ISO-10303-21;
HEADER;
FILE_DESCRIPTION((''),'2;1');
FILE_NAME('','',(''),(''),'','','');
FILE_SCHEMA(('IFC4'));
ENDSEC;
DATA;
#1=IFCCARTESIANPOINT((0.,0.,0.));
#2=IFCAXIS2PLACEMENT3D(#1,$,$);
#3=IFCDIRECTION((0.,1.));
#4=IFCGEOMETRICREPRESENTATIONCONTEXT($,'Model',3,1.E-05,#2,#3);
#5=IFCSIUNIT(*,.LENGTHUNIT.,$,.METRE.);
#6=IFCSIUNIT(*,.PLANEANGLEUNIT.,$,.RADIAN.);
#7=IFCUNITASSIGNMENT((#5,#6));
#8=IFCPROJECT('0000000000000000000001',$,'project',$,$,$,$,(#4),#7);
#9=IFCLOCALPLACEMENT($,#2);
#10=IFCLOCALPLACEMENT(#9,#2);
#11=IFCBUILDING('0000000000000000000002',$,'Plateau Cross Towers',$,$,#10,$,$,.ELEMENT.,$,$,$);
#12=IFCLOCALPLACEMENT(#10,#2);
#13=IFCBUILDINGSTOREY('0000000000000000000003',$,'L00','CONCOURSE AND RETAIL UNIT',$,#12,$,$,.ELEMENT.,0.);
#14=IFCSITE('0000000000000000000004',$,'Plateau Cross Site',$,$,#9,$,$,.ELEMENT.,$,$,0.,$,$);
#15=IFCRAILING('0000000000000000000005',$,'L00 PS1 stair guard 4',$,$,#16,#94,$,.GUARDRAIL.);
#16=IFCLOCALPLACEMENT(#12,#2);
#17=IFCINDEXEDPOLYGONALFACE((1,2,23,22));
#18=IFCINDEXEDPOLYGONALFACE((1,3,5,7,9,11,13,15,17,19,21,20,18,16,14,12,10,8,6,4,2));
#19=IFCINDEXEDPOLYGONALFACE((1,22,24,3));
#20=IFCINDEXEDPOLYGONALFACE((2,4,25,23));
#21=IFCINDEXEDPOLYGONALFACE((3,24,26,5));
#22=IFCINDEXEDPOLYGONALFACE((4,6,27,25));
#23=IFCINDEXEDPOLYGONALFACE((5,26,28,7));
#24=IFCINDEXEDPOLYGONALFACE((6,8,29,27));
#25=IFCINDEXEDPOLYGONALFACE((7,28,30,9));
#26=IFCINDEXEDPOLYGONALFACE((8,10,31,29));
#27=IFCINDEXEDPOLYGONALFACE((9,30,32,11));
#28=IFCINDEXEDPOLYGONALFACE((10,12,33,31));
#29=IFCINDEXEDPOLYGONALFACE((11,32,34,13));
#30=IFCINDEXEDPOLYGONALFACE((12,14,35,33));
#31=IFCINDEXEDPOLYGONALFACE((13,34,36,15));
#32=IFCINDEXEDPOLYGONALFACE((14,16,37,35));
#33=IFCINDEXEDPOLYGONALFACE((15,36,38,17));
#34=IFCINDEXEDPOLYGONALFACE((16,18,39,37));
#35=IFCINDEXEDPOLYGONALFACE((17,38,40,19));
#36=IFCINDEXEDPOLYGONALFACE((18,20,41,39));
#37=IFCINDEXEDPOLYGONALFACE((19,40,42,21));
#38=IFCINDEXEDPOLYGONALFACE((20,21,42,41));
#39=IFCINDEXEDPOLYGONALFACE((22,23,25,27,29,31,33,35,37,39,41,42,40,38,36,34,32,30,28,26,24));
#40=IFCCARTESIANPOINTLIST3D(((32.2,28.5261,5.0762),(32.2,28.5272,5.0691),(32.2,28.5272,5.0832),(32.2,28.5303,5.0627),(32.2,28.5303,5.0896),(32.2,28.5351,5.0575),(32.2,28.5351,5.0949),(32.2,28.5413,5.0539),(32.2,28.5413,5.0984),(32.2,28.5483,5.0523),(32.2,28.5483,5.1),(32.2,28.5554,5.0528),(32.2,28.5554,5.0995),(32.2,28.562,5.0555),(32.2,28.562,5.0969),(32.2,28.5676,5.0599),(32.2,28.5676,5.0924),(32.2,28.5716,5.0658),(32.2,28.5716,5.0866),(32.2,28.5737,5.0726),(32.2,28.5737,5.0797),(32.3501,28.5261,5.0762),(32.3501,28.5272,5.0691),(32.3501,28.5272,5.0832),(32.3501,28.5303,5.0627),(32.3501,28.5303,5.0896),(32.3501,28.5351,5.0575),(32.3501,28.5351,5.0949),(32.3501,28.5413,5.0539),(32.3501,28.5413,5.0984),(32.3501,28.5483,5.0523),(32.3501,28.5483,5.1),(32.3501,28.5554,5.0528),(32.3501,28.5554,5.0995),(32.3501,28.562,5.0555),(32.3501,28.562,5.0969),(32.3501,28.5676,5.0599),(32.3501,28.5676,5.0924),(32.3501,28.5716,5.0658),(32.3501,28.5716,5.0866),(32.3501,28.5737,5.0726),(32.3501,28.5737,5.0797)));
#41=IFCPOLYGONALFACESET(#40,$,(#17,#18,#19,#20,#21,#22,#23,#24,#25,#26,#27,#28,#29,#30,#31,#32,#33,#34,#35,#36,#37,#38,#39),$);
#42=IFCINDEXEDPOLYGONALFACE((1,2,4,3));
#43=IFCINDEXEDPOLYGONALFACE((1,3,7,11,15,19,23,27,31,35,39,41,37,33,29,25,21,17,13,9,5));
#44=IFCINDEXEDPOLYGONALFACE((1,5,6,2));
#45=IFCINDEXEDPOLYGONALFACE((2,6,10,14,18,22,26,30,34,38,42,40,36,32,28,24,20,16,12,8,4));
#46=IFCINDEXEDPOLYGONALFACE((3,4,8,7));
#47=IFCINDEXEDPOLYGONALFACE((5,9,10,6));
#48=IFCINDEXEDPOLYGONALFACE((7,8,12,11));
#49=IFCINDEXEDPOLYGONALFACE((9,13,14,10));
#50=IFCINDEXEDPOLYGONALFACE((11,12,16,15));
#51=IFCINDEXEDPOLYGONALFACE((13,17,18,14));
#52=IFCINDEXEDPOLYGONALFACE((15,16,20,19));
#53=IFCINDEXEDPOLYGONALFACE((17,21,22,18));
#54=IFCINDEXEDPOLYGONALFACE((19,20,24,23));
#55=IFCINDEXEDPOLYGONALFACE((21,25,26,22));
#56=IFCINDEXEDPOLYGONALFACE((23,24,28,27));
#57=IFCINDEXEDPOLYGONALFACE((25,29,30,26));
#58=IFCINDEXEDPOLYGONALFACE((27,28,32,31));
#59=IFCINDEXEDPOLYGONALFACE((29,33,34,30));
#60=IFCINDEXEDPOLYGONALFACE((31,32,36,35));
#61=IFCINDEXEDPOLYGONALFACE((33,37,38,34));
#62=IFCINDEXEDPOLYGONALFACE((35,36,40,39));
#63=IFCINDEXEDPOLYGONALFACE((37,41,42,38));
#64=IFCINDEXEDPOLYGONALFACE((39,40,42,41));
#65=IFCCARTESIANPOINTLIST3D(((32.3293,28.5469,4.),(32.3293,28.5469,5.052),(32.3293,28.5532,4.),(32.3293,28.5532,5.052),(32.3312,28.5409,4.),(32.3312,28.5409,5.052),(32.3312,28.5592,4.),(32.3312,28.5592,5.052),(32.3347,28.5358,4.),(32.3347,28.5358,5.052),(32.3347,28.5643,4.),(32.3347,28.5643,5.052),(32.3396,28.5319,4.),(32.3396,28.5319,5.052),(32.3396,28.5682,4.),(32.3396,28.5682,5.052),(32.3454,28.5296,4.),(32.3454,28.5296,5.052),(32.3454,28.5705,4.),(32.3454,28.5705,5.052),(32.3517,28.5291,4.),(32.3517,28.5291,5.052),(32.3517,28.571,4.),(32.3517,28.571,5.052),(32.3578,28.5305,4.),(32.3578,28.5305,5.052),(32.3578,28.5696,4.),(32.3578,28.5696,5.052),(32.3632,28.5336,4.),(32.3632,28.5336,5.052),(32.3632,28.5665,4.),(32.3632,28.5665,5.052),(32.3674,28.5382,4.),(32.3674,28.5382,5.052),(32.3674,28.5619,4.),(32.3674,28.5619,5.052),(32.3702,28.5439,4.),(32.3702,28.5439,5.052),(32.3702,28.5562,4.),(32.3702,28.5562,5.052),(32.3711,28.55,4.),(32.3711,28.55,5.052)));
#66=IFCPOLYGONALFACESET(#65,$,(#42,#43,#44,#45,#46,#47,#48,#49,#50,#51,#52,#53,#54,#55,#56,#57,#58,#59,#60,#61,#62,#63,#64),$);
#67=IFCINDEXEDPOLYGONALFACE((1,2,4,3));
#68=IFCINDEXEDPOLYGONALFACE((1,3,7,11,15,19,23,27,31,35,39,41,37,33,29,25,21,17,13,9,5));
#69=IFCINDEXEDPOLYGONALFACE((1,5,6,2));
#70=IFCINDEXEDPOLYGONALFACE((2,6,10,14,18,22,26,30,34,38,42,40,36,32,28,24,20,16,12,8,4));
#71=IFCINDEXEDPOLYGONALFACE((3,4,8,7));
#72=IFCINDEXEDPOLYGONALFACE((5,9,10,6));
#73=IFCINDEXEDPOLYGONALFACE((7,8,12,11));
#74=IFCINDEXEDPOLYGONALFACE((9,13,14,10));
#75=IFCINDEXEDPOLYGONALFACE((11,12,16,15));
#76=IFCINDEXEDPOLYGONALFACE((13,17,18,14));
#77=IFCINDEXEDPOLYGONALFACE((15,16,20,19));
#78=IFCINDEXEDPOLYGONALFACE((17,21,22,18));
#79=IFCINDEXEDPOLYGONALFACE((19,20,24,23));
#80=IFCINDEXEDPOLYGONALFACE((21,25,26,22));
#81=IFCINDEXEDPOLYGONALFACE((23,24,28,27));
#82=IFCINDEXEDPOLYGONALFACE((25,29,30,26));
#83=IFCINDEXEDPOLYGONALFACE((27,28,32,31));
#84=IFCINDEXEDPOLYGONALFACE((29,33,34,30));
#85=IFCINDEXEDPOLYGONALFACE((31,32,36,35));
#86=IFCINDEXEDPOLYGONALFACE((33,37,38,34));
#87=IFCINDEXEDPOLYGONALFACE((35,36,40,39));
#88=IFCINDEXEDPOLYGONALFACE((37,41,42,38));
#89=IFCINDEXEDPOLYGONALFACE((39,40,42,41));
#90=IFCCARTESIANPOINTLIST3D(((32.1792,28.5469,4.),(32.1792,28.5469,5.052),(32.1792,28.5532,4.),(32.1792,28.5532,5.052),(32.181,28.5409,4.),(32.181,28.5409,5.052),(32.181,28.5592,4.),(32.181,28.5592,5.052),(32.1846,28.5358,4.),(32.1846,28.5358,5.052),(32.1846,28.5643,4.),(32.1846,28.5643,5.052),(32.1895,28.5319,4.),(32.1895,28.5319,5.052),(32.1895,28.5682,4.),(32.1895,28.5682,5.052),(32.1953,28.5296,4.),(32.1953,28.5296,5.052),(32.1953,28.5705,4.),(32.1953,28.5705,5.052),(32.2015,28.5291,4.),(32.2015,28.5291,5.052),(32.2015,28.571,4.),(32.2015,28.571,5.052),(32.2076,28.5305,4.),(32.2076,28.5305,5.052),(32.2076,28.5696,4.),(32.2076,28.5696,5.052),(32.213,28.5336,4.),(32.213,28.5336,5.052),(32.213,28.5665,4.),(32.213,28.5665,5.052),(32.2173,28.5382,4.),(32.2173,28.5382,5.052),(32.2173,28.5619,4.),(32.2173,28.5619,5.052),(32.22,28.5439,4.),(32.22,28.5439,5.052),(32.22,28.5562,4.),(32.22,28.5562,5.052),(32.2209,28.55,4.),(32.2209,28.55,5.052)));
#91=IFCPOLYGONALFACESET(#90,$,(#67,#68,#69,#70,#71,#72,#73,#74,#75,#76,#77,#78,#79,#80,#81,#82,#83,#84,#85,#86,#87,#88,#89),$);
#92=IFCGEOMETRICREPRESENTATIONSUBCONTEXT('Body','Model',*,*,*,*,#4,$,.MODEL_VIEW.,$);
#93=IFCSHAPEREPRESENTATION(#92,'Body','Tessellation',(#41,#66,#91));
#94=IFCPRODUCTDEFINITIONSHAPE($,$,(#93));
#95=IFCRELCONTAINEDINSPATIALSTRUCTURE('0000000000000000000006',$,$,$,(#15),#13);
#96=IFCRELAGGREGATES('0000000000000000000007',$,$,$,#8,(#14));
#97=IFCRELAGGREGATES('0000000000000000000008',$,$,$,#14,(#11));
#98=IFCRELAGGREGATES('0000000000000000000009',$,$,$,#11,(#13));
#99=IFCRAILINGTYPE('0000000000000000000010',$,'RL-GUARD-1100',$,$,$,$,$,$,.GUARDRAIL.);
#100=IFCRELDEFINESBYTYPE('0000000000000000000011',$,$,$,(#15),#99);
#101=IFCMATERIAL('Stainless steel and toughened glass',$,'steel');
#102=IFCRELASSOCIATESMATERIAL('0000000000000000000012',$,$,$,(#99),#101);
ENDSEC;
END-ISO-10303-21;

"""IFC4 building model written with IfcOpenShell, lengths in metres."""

from ifc_helpers import new_model, si_unit, direction, frame, origin, origin_2d, place, context, subcontext, project, spatial, circle, extrude, material, type_object, element, save


model = new_model("IFC4")

# Units and contexts
model_context = context("Model", 3, precision=1e-05, world=origin(), true_north=direction((0.0, 1.0)))
body_context = subcontext(model_context, "Body", "Model", "MODEL_VIEW")
ifc_project = project(units=[si_unit("LENGTHUNIT", "METRE"), si_unit("PLANEANGLEUNIT", "RADIAN")], contexts=[model_context])

# Site, building, storey
site_placement = place(None, origin())
site = spatial("IfcSite", under=ifc_project, at=site_placement, Name="Plateau Cross Site", CompositionType="ELEMENT", RefElevation=0.0)
building_placement = place(site_placement, origin())
building = spatial("IfcBuilding", under=site, at=building_placement, Name="Plateau Cross Towers", CompositionType="ELEMENT")
storey_placement = place(building_placement, origin())
storey = spatial("IfcBuildingStorey", under=building, at=storey_placement, Name="L00", Description="CONCOURSE AND RETAIL UNIT", CompositionType="ELEMENT", Elevation=0.0)

# Railing
ifc_material_1 = material(Name="Stainless steel and toughened glass", Category="steel")
railing_type_1 = type_object("IfcRailingType", Name="RL-GUARD-1100", PredefinedType="GUARDRAIL", material=ifc_material_1)
railing_1_placement = place(storey_placement, frame((32.3501, 28.55, 4.0)))
element("IfcRailing", 1, at=railing_1_placement, inside=storey, type_object=railing_type_1, Name="L00 PS1 stair guard 4", PredefinedType="GUARDRAIL", context=body_context, shape_type="SweptSolid", body=[
    extrude(circle(Radius=0.0239, at=origin_2d()), frame((0.0, 0.0, 1.0762), z_axis=(-1.0, 0.0, 0.0), x_axis=(0.0, -1.0, 0.0)), (0.0, 0.0, 1.0), 0.1501),
    extrude(circle(Radius=0.021, at=origin_2d()), origin(), (0.0, 0.0, 1.0), 1.052),
    extrude(circle(Radius=0.021, at=origin_2d()), frame((-0.1501, 0.0, 0.0)), (0.0, 0.0, 1.0), 1.052),
])

save(model, "model.ifc")
